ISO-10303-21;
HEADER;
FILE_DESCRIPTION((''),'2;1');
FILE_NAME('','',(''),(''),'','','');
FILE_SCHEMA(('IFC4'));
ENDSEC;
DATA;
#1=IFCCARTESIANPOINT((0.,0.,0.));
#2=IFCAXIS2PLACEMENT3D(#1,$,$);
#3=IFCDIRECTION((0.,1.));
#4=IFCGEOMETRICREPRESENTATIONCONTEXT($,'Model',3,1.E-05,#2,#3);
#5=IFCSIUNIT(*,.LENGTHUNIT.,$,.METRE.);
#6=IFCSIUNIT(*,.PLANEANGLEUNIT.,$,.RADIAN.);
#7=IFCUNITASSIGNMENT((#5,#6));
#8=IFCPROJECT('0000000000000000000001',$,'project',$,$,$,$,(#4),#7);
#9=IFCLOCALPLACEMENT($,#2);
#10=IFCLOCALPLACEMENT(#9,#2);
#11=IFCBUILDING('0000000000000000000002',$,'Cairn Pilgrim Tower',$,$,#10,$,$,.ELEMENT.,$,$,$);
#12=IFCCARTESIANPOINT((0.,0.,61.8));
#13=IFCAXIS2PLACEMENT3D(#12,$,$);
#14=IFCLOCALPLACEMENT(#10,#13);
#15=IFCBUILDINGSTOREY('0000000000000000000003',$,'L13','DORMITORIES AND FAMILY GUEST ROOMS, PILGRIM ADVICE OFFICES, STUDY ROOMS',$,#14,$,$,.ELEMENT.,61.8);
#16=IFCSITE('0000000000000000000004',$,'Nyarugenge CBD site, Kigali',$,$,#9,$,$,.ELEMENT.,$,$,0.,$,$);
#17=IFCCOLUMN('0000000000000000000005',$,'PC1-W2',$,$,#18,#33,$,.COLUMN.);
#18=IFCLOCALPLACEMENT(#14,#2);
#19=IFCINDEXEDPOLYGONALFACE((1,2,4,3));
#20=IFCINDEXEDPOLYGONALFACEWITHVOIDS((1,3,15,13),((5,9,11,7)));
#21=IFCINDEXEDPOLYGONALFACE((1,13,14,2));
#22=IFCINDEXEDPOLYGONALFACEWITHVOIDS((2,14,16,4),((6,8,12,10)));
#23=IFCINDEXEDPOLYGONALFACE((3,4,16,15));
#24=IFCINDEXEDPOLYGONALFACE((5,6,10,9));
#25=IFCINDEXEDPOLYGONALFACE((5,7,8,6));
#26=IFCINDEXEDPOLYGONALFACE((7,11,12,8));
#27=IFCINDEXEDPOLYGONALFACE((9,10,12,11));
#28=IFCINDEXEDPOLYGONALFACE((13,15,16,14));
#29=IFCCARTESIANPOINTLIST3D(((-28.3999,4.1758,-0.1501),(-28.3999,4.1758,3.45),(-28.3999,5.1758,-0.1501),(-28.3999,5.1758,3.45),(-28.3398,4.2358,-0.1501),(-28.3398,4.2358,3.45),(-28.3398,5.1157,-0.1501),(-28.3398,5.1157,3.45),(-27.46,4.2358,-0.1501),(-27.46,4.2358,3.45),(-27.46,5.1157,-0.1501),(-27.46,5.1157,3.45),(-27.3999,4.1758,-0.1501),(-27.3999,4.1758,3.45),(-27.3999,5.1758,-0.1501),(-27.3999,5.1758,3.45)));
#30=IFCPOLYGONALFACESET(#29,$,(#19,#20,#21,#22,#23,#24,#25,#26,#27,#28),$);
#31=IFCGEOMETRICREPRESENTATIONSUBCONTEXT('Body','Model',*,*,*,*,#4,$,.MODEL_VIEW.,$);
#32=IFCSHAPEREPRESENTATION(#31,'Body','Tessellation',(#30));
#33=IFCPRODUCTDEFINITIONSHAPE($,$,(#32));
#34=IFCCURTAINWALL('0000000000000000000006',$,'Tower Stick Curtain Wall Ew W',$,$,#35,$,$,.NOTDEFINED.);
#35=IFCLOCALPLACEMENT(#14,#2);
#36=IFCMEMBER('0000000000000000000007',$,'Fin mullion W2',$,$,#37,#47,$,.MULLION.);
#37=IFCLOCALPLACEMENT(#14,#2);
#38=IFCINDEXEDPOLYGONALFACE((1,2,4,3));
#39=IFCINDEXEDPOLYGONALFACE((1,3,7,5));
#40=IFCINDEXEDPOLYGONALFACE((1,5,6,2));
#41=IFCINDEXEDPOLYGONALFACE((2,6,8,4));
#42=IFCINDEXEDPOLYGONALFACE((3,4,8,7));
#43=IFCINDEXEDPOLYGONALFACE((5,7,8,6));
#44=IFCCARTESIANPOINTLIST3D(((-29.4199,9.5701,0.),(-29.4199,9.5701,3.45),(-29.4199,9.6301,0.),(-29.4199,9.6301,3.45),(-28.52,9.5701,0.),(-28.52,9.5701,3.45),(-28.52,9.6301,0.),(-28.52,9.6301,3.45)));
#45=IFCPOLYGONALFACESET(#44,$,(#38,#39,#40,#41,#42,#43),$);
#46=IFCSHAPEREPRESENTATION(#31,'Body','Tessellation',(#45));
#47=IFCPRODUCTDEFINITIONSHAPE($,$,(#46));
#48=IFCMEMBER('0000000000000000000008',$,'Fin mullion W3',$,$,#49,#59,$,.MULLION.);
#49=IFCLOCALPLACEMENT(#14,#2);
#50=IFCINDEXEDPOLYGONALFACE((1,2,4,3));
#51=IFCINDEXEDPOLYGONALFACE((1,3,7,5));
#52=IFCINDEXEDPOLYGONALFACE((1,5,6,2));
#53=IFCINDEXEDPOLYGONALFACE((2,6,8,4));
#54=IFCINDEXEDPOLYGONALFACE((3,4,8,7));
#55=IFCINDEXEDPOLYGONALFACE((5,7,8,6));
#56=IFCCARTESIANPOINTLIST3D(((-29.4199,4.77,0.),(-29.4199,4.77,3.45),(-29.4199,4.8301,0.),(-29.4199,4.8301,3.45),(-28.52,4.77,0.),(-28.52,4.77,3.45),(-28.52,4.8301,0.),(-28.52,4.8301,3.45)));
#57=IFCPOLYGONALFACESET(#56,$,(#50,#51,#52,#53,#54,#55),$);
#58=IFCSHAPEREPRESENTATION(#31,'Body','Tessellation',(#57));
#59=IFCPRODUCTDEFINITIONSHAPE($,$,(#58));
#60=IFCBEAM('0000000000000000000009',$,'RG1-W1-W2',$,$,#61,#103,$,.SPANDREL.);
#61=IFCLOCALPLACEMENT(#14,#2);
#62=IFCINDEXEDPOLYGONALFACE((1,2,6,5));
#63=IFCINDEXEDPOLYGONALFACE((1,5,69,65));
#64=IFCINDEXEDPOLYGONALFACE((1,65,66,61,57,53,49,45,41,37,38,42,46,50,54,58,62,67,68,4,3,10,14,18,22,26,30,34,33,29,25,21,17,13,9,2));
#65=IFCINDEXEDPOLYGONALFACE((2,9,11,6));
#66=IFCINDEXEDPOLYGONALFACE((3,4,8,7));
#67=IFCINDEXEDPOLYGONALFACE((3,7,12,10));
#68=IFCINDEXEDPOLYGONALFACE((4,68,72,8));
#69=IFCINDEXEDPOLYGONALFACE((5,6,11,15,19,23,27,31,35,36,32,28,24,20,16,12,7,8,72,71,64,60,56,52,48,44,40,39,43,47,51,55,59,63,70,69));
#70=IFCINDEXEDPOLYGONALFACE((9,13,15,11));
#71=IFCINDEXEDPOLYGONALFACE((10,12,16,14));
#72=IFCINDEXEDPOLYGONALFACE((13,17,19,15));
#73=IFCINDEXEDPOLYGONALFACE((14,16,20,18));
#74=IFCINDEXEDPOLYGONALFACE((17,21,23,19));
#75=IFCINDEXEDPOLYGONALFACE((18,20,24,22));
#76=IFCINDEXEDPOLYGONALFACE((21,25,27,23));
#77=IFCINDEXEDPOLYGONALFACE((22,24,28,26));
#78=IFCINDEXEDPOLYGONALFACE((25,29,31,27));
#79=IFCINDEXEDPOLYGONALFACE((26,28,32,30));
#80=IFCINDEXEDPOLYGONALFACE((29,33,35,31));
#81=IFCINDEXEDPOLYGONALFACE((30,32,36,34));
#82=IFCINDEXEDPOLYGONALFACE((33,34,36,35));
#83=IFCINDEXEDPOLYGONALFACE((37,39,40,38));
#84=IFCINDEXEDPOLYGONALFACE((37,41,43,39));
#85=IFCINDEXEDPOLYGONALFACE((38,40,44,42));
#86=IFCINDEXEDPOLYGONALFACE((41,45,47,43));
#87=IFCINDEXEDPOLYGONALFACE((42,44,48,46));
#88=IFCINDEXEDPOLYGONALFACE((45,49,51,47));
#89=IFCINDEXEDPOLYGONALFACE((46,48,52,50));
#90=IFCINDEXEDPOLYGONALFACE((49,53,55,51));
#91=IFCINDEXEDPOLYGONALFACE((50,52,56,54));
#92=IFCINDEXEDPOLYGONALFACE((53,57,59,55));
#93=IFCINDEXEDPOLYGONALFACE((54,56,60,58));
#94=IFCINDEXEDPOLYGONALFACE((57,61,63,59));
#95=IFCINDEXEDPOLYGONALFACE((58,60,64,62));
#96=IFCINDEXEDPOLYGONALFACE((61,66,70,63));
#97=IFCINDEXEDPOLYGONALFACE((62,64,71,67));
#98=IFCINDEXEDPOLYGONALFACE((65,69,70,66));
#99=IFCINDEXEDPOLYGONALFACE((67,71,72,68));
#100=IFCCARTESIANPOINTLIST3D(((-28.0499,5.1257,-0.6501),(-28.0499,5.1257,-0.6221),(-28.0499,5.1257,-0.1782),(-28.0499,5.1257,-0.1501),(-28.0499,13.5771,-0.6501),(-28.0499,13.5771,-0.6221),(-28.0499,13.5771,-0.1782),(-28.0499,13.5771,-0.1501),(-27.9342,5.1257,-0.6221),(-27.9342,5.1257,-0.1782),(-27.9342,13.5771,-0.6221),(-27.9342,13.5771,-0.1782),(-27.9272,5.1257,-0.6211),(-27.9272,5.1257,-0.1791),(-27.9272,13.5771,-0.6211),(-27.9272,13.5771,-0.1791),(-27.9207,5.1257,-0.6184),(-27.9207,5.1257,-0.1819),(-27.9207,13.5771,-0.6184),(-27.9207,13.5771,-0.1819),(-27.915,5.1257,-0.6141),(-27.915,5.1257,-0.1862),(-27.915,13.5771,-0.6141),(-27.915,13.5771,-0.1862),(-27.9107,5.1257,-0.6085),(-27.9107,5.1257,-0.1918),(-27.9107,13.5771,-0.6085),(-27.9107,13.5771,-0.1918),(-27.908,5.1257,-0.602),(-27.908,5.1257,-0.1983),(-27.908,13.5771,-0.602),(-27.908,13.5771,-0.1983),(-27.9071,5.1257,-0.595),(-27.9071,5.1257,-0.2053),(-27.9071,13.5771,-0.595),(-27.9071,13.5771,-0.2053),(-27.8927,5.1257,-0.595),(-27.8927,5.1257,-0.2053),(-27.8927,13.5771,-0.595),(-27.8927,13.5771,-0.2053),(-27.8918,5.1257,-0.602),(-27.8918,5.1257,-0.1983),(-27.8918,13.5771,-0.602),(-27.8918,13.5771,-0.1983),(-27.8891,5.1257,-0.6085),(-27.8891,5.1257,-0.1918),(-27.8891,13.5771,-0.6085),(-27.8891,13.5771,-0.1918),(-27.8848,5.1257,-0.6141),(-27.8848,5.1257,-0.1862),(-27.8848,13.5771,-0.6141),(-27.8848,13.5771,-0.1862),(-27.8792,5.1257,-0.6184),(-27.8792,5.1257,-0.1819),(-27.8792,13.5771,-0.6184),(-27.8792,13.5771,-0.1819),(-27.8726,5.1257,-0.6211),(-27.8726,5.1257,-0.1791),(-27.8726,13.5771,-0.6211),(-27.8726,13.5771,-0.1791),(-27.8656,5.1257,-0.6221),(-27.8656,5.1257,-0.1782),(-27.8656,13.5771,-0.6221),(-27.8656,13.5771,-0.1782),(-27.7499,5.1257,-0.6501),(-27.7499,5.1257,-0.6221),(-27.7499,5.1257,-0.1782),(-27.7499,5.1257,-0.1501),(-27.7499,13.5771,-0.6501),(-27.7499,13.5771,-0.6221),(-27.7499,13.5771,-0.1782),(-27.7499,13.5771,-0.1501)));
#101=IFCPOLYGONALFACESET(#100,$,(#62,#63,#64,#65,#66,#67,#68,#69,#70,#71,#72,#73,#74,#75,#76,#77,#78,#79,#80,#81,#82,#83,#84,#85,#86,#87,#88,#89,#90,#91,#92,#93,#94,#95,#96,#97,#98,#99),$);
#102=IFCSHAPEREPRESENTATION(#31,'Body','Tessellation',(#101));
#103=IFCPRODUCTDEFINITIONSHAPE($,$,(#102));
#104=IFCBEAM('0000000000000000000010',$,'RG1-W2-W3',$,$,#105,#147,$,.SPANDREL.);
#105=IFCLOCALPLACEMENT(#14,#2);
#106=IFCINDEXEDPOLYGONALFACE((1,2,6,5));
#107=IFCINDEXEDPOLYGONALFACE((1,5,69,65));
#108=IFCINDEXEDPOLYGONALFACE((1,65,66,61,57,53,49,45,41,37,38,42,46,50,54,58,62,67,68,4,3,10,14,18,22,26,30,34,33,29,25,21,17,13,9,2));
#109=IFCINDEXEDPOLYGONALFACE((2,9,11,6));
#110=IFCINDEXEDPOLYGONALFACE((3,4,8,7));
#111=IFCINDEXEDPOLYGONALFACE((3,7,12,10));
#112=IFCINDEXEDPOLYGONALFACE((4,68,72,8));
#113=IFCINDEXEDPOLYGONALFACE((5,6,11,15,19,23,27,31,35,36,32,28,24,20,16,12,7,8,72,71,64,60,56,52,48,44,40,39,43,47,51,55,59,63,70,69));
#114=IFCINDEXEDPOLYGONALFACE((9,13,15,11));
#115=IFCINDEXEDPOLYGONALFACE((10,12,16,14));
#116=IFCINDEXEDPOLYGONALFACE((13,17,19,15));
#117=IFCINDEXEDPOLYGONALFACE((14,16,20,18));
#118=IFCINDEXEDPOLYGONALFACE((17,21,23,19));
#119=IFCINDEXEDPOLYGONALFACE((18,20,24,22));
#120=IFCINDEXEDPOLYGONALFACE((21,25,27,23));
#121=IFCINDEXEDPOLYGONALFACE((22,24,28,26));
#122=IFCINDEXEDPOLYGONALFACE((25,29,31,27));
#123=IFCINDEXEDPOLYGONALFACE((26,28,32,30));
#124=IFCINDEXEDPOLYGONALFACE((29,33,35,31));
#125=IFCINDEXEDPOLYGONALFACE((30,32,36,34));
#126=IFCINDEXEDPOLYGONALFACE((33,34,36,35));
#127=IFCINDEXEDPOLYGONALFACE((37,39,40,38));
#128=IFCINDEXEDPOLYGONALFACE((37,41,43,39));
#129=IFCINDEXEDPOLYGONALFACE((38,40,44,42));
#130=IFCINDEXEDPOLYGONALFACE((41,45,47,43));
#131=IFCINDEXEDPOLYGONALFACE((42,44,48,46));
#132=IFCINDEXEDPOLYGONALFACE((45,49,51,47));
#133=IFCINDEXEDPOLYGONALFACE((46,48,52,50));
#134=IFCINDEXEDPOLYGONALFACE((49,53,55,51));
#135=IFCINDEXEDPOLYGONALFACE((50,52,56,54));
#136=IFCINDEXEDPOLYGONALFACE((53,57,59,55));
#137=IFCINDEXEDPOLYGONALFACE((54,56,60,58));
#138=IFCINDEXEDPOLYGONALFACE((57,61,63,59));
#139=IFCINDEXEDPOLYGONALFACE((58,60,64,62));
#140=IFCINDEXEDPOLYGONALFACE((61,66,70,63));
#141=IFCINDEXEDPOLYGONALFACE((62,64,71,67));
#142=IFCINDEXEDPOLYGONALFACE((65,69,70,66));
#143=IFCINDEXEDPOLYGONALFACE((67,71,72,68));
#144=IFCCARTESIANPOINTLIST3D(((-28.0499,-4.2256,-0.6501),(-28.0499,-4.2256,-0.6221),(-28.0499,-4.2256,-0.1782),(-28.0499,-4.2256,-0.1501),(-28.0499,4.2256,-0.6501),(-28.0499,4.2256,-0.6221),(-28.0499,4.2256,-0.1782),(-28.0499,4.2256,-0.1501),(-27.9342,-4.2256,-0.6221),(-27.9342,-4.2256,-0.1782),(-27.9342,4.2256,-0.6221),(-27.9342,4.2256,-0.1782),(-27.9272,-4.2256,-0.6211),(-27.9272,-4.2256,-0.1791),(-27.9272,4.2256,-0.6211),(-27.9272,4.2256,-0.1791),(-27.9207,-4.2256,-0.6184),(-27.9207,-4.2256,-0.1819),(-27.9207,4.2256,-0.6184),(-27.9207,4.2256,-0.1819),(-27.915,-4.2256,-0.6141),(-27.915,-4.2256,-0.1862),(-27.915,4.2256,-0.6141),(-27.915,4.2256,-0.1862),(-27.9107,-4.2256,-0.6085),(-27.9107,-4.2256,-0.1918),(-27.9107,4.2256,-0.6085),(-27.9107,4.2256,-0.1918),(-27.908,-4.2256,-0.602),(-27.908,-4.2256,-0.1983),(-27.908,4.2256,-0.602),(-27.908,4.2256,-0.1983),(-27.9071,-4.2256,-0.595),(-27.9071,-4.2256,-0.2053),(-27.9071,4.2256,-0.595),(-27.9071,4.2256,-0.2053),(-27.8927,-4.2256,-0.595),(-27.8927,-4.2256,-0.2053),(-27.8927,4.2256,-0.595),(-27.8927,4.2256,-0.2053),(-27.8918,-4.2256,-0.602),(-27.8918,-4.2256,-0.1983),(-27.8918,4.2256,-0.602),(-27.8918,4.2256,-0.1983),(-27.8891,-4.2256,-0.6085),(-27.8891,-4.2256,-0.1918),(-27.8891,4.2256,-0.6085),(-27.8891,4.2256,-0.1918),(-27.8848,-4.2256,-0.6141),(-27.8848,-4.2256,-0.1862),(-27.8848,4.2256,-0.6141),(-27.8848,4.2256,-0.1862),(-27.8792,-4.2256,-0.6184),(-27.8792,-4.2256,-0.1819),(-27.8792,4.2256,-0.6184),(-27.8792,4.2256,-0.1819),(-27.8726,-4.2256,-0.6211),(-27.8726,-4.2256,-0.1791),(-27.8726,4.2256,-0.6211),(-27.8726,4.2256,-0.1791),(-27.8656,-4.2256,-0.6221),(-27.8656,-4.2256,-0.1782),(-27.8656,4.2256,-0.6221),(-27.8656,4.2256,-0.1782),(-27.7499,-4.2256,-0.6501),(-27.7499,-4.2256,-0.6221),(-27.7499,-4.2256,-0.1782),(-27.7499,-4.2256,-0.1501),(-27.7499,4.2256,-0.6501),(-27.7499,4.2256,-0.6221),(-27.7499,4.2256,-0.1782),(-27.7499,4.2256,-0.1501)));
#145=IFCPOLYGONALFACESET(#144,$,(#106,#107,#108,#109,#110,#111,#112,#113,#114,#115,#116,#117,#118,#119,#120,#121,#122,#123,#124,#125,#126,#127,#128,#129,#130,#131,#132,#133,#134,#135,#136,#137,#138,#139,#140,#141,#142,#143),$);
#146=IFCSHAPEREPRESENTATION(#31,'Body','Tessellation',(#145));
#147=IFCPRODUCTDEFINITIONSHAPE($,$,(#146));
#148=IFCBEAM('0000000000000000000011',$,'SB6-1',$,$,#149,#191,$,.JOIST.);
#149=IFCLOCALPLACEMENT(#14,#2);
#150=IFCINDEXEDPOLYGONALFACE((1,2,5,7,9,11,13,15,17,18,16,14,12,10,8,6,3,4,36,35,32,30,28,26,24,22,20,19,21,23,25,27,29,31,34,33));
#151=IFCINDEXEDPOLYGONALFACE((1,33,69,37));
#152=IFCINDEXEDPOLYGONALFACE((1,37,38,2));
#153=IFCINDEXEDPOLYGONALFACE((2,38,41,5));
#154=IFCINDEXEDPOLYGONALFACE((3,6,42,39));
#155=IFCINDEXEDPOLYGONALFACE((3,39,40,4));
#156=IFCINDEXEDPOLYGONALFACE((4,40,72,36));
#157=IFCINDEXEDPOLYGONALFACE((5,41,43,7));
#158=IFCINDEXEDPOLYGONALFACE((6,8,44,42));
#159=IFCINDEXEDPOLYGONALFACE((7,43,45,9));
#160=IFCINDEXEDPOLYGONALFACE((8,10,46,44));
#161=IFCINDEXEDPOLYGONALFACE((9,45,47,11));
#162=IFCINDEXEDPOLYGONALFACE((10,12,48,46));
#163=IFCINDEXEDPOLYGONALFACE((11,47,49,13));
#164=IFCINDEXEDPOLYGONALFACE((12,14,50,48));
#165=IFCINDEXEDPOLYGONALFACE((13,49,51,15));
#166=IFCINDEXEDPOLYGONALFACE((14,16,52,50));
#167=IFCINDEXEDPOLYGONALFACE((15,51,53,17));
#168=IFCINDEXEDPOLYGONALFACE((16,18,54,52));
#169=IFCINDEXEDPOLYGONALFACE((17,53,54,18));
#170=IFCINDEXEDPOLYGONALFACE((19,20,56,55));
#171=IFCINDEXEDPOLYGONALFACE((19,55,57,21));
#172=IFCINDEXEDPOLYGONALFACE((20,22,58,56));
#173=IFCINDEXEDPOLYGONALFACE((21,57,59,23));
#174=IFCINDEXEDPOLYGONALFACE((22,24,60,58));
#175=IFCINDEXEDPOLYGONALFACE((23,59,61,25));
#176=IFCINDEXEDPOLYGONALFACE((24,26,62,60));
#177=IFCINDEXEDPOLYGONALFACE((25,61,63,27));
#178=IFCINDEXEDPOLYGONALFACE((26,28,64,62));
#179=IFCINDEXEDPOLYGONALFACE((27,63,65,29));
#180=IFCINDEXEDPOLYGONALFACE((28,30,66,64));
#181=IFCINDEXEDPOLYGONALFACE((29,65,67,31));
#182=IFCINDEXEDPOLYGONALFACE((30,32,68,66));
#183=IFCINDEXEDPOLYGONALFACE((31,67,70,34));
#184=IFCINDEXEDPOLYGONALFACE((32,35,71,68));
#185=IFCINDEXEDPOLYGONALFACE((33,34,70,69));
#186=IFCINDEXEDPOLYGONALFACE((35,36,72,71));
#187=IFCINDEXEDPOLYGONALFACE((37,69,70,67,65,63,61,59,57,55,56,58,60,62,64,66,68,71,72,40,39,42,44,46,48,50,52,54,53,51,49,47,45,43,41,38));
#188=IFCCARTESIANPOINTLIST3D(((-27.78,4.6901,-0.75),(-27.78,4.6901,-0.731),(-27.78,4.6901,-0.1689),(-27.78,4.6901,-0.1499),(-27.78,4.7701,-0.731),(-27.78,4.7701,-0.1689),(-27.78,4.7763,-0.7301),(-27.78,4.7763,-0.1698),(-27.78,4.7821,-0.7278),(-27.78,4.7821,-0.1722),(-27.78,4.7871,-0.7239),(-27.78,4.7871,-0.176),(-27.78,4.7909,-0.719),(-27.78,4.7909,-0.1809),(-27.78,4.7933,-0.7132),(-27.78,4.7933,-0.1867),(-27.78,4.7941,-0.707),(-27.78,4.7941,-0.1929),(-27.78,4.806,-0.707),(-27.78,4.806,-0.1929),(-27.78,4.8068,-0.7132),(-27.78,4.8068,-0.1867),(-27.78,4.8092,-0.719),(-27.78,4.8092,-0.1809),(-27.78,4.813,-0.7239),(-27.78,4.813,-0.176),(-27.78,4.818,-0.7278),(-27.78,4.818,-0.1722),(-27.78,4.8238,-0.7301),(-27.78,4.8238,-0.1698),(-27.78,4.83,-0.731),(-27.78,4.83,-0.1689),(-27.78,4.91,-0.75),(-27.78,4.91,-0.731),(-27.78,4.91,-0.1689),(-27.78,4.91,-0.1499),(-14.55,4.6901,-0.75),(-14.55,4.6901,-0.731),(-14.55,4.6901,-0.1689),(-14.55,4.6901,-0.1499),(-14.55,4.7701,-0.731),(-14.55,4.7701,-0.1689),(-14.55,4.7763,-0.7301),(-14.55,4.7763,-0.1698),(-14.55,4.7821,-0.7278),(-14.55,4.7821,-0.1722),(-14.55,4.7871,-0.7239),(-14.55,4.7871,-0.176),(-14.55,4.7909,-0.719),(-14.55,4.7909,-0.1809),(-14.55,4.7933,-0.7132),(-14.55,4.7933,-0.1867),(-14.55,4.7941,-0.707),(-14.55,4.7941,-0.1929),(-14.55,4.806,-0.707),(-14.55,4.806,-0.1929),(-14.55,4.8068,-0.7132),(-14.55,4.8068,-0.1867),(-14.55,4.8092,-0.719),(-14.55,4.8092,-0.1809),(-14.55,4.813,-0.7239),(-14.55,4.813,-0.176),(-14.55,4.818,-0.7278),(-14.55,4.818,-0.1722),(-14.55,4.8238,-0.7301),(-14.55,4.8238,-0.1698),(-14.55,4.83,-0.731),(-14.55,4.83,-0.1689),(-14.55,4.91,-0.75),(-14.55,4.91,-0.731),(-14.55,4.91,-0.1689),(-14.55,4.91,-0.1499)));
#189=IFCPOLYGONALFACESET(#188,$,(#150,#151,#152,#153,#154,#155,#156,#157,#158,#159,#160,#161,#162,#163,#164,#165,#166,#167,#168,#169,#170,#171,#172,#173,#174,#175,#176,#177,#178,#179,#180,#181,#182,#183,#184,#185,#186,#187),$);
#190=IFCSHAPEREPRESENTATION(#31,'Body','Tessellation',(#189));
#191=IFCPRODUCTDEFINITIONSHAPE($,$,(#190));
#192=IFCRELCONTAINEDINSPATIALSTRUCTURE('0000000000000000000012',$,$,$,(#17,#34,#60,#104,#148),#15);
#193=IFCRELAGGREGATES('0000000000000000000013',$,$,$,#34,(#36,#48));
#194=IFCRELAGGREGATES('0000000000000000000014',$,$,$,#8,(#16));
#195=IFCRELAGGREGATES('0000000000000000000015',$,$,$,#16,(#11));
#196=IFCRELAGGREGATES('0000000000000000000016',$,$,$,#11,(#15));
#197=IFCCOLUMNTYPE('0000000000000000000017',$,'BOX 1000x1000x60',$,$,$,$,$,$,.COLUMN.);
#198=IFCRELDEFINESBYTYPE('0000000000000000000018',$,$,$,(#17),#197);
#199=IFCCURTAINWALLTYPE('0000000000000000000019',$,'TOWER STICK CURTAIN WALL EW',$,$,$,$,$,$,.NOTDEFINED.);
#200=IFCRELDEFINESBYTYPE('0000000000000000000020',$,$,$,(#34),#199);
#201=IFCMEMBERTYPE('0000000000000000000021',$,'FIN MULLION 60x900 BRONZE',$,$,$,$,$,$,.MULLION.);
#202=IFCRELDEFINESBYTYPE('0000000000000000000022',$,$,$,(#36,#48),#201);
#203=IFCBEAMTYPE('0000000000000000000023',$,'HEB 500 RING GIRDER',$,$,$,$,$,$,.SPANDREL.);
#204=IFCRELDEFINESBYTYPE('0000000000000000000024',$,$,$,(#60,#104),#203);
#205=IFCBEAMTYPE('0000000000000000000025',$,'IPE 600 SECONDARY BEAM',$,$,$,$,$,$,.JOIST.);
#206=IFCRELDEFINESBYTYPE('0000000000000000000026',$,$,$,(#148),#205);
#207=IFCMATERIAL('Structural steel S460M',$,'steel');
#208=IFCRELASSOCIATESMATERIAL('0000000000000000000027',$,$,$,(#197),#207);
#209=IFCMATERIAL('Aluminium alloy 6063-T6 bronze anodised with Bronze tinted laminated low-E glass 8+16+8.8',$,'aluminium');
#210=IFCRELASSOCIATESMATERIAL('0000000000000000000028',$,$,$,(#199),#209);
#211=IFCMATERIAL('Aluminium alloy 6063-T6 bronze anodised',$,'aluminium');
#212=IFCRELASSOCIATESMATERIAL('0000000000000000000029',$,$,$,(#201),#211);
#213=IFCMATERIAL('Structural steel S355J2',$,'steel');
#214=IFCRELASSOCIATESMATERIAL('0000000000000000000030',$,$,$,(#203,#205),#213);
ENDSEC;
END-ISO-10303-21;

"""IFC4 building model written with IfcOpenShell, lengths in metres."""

from ifc_helpers import new_model, si_unit, direction, frame, origin, origin_2d, place, context, subcontext, project, spatial, rectangle, hollow_rectangle, i_section, extrude, material, material_profile, profile_set, type_object, element, aggregate, save


model = new_model("IFC4")

# Units and contexts
model_context = context("Model", 3, precision=1e-05, world=origin(), true_north=direction((0.0, 1.0)))
body_context = subcontext(model_context, "Body", "Model", "MODEL_VIEW")
ifc_project = project(units=[si_unit("LENGTHUNIT", "METRE"), si_unit("PLANEANGLEUNIT", "RADIAN")], contexts=[model_context])

# Site, building, storey
site_placement = place(None, origin())
site = spatial("IfcSite", under=ifc_project, at=site_placement, Name="Nyarugenge CBD site, Kigali", CompositionType="ELEMENT", RefElevation=0.0)
building_placement = place(site_placement, origin())
building = spatial("IfcBuilding", under=site, at=building_placement, Name="Cairn Pilgrim Tower", CompositionType="ELEMENT")
storey_placement = place(building_placement, frame((0.0, 0.0, 61.8)))
storey = spatial("IfcBuildingStorey", under=building, at=storey_placement, Name="L13", Description="DORMITORIES AND FAMILY GUEST ROOMS, PILGRIM ADVICE OFFICES, STUDY ROOMS", CompositionType="ELEMENT", Elevation=61.8)

# Column
ifc_material_1 = material(Name="Structural steel S460M", Category="steel")
ifc_material_profile_1 = material_profile(ifc_material_1, hollow_rectangle(XDim=1.0, YDim=1.0, WallThickness=0.0601, at=origin_2d()), Name="BOX 1000x1000x60")
ifc_profile_set_1 = profile_set([ifc_material_profile_1], Name="Structural steel S460M")
column_type = type_object("IfcColumnType", Name="BOX 1000x1000x60", PredefinedType="COLUMN", material=ifc_profile_set_1)
column_placement = place(storey_placement, frame((-27.8999, 4.6758, -0.1501), z_axis=(0.0, 0.0, 1.0), x_axis=(1.0, 0.0, 0.0)))
element("IfcColumn", 1, at=column_placement, inside=storey, type_object=column_type, Name="PC1-W2", PredefinedType="COLUMN", context=body_context, shape_type="SweptSolid", body=[
    extrude(hollow_rectangle(XDim=1.0, YDim=1.0, WallThickness=0.0601, at=origin_2d()), origin(), (0.0, 0.0, 1.0), 3.6001),
])

# Curtain wall, members
ifc_material_2 = material(Name="Aluminium alloy 6063-T6 bronze anodised with Bronze tinted laminated low-E glass 8+16+8.8", Category="aluminium")
curtain_wall_type = type_object("IfcCurtainWallType", Name="TOWER STICK CURTAIN WALL EW", PredefinedType="NOTDEFINED", material=ifc_material_2)
curtain_wall_placement = place(storey_placement, origin())
curtain_wall = element("IfcCurtainWall", 2, at=curtain_wall_placement, inside=storey, type_object=curtain_wall_type, Name="Tower Stick Curtain Wall Ew W", PredefinedType="NOTDEFINED")
ifc_material_3 = material(Name="Aluminium alloy 6063-T6 bronze anodised", Category="aluminium")
ifc_material_profile_2 = material_profile(ifc_material_3, rectangle(XDim=0.8999, YDim=0.0601, at=origin_2d()), Name="FIN MULLION 60x900 BRONZE")
ifc_profile_set_2 = profile_set([ifc_material_profile_2], Name="Aluminium alloy 6063-T6 bronze anodised")
member_type_1 = type_object("IfcMemberType", Name="FIN MULLION 60x900 BRONZE", PredefinedType="MULLION", material=ifc_profile_set_2)
member_1_placement = place(storey_placement, frame((-28.97, 9.6001, 0.0), z_axis=(0.0, 0.0, 1.0), x_axis=(-1.0, 0.0, 0.0)))
member_1 = element("IfcMember", 3, at=member_1_placement, type_object=member_type_1, Name="Fin mullion W2", PredefinedType="MULLION", context=body_context, shape_type="SweptSolid", body=[
    extrude(rectangle(XDim=0.8999, YDim=0.0601, at=origin_2d()), origin(), (0.0, 0.0, 1.0), 3.45),
])
member_2_placement = place(storey_placement, frame((-28.97, 4.8, 0.0), z_axis=(0.0, 0.0, 1.0), x_axis=(-1.0, 0.0, 0.0)))
member_2 = element("IfcMember", 4, at=member_2_placement, type_object=member_type_1, Name="Fin mullion W3", PredefinedType="MULLION", context=body_context, shape_type="SweptSolid", body=[
    extrude(rectangle(XDim=0.8999, YDim=0.0601, at=origin_2d()), origin(), (0.0, 0.0, 1.0), 3.45),
])

# Beams
ifc_material_4 = material(Name="Structural steel S355J2", Category="steel")
ifc_material_profile_3 = material_profile(ifc_material_4, i_section(OverallWidth=0.3, OverallDepth=0.5, WebThickness=0.0144, FlangeThickness=0.0281, FilletRadius=0.0271, at=origin_2d()), Name="HEB 500")
ifc_profile_set_3 = profile_set([ifc_material_profile_3], Name="Structural steel S355J2")
beam_type_1 = type_object("IfcBeamType", Name="HEB 500 RING GIRDER", PredefinedType="SPANDREL", material=ifc_profile_set_3)
beam_1_placement = place(storey_placement, frame((-27.8999, 13.5771, -0.4001), z_axis=(0.0, -1.0, 0.0), x_axis=(1.0, 0.0, 0.0)))
element("IfcBeam", 5, at=beam_1_placement, inside=storey, type_object=beam_type_1, Name="RG1-W1-W2", PredefinedType="SPANDREL", context=body_context, shape_type="SweptSolid", body=[
    extrude(i_section(OverallWidth=0.3, OverallDepth=0.5, WebThickness=0.0144, FlangeThickness=0.0281, FilletRadius=0.0271, at=origin_2d()), origin(), (0.0, 0.0, 1.0), 8.4514),
])
beam_2_placement = place(storey_placement, frame((-27.8999, 4.2256, -0.4001), z_axis=(0.0, -1.0, 0.0), x_axis=(1.0, 0.0, 0.0)))
element("IfcBeam", 6, at=beam_2_placement, inside=storey, type_object=beam_type_1, Name="RG1-W2-W3", PredefinedType="SPANDREL", context=body_context, shape_type="SweptSolid", body=[
    extrude(i_section(OverallWidth=0.3, OverallDepth=0.5, WebThickness=0.0144, FlangeThickness=0.0281, FilletRadius=0.0271, at=origin_2d()), origin(), (0.0, 0.0, 1.0), 8.4512),
])
ifc_material_profile_4 = material_profile(ifc_material_4, i_section(OverallWidth=0.22, OverallDepth=0.6001, WebThickness=0.012, FlangeThickness=0.019, FilletRadius=0.0239, at=origin_2d()), Name="IPE 600")
ifc_profile_set_4 = profile_set([ifc_material_profile_4], Name="Structural steel S355J2")
beam_type_2 = type_object("IfcBeamType", Name="IPE 600 SECONDARY BEAM", PredefinedType="JOIST", material=ifc_profile_set_4)
beam_3_placement = place(storey_placement, frame((-27.78, 4.8, -0.45), z_axis=(1.0, 0.0, 0.0), x_axis=(0.0, 1.0, 0.0)))
element("IfcBeam", 7, at=beam_3_placement, inside=storey, type_object=beam_type_2, Name="SB6-1", PredefinedType="JOIST", context=body_context, shape_type="SweptSolid", body=[
    extrude(i_section(OverallWidth=0.22, OverallDepth=0.6001, WebThickness=0.012, FlangeThickness=0.019, FilletRadius=0.0239, at=origin_2d()), origin(), (0.0, 0.0, 1.0), 13.23),
])

aggregate(curtain_wall, [member_1, member_2])

save(model, "model.ifc")
